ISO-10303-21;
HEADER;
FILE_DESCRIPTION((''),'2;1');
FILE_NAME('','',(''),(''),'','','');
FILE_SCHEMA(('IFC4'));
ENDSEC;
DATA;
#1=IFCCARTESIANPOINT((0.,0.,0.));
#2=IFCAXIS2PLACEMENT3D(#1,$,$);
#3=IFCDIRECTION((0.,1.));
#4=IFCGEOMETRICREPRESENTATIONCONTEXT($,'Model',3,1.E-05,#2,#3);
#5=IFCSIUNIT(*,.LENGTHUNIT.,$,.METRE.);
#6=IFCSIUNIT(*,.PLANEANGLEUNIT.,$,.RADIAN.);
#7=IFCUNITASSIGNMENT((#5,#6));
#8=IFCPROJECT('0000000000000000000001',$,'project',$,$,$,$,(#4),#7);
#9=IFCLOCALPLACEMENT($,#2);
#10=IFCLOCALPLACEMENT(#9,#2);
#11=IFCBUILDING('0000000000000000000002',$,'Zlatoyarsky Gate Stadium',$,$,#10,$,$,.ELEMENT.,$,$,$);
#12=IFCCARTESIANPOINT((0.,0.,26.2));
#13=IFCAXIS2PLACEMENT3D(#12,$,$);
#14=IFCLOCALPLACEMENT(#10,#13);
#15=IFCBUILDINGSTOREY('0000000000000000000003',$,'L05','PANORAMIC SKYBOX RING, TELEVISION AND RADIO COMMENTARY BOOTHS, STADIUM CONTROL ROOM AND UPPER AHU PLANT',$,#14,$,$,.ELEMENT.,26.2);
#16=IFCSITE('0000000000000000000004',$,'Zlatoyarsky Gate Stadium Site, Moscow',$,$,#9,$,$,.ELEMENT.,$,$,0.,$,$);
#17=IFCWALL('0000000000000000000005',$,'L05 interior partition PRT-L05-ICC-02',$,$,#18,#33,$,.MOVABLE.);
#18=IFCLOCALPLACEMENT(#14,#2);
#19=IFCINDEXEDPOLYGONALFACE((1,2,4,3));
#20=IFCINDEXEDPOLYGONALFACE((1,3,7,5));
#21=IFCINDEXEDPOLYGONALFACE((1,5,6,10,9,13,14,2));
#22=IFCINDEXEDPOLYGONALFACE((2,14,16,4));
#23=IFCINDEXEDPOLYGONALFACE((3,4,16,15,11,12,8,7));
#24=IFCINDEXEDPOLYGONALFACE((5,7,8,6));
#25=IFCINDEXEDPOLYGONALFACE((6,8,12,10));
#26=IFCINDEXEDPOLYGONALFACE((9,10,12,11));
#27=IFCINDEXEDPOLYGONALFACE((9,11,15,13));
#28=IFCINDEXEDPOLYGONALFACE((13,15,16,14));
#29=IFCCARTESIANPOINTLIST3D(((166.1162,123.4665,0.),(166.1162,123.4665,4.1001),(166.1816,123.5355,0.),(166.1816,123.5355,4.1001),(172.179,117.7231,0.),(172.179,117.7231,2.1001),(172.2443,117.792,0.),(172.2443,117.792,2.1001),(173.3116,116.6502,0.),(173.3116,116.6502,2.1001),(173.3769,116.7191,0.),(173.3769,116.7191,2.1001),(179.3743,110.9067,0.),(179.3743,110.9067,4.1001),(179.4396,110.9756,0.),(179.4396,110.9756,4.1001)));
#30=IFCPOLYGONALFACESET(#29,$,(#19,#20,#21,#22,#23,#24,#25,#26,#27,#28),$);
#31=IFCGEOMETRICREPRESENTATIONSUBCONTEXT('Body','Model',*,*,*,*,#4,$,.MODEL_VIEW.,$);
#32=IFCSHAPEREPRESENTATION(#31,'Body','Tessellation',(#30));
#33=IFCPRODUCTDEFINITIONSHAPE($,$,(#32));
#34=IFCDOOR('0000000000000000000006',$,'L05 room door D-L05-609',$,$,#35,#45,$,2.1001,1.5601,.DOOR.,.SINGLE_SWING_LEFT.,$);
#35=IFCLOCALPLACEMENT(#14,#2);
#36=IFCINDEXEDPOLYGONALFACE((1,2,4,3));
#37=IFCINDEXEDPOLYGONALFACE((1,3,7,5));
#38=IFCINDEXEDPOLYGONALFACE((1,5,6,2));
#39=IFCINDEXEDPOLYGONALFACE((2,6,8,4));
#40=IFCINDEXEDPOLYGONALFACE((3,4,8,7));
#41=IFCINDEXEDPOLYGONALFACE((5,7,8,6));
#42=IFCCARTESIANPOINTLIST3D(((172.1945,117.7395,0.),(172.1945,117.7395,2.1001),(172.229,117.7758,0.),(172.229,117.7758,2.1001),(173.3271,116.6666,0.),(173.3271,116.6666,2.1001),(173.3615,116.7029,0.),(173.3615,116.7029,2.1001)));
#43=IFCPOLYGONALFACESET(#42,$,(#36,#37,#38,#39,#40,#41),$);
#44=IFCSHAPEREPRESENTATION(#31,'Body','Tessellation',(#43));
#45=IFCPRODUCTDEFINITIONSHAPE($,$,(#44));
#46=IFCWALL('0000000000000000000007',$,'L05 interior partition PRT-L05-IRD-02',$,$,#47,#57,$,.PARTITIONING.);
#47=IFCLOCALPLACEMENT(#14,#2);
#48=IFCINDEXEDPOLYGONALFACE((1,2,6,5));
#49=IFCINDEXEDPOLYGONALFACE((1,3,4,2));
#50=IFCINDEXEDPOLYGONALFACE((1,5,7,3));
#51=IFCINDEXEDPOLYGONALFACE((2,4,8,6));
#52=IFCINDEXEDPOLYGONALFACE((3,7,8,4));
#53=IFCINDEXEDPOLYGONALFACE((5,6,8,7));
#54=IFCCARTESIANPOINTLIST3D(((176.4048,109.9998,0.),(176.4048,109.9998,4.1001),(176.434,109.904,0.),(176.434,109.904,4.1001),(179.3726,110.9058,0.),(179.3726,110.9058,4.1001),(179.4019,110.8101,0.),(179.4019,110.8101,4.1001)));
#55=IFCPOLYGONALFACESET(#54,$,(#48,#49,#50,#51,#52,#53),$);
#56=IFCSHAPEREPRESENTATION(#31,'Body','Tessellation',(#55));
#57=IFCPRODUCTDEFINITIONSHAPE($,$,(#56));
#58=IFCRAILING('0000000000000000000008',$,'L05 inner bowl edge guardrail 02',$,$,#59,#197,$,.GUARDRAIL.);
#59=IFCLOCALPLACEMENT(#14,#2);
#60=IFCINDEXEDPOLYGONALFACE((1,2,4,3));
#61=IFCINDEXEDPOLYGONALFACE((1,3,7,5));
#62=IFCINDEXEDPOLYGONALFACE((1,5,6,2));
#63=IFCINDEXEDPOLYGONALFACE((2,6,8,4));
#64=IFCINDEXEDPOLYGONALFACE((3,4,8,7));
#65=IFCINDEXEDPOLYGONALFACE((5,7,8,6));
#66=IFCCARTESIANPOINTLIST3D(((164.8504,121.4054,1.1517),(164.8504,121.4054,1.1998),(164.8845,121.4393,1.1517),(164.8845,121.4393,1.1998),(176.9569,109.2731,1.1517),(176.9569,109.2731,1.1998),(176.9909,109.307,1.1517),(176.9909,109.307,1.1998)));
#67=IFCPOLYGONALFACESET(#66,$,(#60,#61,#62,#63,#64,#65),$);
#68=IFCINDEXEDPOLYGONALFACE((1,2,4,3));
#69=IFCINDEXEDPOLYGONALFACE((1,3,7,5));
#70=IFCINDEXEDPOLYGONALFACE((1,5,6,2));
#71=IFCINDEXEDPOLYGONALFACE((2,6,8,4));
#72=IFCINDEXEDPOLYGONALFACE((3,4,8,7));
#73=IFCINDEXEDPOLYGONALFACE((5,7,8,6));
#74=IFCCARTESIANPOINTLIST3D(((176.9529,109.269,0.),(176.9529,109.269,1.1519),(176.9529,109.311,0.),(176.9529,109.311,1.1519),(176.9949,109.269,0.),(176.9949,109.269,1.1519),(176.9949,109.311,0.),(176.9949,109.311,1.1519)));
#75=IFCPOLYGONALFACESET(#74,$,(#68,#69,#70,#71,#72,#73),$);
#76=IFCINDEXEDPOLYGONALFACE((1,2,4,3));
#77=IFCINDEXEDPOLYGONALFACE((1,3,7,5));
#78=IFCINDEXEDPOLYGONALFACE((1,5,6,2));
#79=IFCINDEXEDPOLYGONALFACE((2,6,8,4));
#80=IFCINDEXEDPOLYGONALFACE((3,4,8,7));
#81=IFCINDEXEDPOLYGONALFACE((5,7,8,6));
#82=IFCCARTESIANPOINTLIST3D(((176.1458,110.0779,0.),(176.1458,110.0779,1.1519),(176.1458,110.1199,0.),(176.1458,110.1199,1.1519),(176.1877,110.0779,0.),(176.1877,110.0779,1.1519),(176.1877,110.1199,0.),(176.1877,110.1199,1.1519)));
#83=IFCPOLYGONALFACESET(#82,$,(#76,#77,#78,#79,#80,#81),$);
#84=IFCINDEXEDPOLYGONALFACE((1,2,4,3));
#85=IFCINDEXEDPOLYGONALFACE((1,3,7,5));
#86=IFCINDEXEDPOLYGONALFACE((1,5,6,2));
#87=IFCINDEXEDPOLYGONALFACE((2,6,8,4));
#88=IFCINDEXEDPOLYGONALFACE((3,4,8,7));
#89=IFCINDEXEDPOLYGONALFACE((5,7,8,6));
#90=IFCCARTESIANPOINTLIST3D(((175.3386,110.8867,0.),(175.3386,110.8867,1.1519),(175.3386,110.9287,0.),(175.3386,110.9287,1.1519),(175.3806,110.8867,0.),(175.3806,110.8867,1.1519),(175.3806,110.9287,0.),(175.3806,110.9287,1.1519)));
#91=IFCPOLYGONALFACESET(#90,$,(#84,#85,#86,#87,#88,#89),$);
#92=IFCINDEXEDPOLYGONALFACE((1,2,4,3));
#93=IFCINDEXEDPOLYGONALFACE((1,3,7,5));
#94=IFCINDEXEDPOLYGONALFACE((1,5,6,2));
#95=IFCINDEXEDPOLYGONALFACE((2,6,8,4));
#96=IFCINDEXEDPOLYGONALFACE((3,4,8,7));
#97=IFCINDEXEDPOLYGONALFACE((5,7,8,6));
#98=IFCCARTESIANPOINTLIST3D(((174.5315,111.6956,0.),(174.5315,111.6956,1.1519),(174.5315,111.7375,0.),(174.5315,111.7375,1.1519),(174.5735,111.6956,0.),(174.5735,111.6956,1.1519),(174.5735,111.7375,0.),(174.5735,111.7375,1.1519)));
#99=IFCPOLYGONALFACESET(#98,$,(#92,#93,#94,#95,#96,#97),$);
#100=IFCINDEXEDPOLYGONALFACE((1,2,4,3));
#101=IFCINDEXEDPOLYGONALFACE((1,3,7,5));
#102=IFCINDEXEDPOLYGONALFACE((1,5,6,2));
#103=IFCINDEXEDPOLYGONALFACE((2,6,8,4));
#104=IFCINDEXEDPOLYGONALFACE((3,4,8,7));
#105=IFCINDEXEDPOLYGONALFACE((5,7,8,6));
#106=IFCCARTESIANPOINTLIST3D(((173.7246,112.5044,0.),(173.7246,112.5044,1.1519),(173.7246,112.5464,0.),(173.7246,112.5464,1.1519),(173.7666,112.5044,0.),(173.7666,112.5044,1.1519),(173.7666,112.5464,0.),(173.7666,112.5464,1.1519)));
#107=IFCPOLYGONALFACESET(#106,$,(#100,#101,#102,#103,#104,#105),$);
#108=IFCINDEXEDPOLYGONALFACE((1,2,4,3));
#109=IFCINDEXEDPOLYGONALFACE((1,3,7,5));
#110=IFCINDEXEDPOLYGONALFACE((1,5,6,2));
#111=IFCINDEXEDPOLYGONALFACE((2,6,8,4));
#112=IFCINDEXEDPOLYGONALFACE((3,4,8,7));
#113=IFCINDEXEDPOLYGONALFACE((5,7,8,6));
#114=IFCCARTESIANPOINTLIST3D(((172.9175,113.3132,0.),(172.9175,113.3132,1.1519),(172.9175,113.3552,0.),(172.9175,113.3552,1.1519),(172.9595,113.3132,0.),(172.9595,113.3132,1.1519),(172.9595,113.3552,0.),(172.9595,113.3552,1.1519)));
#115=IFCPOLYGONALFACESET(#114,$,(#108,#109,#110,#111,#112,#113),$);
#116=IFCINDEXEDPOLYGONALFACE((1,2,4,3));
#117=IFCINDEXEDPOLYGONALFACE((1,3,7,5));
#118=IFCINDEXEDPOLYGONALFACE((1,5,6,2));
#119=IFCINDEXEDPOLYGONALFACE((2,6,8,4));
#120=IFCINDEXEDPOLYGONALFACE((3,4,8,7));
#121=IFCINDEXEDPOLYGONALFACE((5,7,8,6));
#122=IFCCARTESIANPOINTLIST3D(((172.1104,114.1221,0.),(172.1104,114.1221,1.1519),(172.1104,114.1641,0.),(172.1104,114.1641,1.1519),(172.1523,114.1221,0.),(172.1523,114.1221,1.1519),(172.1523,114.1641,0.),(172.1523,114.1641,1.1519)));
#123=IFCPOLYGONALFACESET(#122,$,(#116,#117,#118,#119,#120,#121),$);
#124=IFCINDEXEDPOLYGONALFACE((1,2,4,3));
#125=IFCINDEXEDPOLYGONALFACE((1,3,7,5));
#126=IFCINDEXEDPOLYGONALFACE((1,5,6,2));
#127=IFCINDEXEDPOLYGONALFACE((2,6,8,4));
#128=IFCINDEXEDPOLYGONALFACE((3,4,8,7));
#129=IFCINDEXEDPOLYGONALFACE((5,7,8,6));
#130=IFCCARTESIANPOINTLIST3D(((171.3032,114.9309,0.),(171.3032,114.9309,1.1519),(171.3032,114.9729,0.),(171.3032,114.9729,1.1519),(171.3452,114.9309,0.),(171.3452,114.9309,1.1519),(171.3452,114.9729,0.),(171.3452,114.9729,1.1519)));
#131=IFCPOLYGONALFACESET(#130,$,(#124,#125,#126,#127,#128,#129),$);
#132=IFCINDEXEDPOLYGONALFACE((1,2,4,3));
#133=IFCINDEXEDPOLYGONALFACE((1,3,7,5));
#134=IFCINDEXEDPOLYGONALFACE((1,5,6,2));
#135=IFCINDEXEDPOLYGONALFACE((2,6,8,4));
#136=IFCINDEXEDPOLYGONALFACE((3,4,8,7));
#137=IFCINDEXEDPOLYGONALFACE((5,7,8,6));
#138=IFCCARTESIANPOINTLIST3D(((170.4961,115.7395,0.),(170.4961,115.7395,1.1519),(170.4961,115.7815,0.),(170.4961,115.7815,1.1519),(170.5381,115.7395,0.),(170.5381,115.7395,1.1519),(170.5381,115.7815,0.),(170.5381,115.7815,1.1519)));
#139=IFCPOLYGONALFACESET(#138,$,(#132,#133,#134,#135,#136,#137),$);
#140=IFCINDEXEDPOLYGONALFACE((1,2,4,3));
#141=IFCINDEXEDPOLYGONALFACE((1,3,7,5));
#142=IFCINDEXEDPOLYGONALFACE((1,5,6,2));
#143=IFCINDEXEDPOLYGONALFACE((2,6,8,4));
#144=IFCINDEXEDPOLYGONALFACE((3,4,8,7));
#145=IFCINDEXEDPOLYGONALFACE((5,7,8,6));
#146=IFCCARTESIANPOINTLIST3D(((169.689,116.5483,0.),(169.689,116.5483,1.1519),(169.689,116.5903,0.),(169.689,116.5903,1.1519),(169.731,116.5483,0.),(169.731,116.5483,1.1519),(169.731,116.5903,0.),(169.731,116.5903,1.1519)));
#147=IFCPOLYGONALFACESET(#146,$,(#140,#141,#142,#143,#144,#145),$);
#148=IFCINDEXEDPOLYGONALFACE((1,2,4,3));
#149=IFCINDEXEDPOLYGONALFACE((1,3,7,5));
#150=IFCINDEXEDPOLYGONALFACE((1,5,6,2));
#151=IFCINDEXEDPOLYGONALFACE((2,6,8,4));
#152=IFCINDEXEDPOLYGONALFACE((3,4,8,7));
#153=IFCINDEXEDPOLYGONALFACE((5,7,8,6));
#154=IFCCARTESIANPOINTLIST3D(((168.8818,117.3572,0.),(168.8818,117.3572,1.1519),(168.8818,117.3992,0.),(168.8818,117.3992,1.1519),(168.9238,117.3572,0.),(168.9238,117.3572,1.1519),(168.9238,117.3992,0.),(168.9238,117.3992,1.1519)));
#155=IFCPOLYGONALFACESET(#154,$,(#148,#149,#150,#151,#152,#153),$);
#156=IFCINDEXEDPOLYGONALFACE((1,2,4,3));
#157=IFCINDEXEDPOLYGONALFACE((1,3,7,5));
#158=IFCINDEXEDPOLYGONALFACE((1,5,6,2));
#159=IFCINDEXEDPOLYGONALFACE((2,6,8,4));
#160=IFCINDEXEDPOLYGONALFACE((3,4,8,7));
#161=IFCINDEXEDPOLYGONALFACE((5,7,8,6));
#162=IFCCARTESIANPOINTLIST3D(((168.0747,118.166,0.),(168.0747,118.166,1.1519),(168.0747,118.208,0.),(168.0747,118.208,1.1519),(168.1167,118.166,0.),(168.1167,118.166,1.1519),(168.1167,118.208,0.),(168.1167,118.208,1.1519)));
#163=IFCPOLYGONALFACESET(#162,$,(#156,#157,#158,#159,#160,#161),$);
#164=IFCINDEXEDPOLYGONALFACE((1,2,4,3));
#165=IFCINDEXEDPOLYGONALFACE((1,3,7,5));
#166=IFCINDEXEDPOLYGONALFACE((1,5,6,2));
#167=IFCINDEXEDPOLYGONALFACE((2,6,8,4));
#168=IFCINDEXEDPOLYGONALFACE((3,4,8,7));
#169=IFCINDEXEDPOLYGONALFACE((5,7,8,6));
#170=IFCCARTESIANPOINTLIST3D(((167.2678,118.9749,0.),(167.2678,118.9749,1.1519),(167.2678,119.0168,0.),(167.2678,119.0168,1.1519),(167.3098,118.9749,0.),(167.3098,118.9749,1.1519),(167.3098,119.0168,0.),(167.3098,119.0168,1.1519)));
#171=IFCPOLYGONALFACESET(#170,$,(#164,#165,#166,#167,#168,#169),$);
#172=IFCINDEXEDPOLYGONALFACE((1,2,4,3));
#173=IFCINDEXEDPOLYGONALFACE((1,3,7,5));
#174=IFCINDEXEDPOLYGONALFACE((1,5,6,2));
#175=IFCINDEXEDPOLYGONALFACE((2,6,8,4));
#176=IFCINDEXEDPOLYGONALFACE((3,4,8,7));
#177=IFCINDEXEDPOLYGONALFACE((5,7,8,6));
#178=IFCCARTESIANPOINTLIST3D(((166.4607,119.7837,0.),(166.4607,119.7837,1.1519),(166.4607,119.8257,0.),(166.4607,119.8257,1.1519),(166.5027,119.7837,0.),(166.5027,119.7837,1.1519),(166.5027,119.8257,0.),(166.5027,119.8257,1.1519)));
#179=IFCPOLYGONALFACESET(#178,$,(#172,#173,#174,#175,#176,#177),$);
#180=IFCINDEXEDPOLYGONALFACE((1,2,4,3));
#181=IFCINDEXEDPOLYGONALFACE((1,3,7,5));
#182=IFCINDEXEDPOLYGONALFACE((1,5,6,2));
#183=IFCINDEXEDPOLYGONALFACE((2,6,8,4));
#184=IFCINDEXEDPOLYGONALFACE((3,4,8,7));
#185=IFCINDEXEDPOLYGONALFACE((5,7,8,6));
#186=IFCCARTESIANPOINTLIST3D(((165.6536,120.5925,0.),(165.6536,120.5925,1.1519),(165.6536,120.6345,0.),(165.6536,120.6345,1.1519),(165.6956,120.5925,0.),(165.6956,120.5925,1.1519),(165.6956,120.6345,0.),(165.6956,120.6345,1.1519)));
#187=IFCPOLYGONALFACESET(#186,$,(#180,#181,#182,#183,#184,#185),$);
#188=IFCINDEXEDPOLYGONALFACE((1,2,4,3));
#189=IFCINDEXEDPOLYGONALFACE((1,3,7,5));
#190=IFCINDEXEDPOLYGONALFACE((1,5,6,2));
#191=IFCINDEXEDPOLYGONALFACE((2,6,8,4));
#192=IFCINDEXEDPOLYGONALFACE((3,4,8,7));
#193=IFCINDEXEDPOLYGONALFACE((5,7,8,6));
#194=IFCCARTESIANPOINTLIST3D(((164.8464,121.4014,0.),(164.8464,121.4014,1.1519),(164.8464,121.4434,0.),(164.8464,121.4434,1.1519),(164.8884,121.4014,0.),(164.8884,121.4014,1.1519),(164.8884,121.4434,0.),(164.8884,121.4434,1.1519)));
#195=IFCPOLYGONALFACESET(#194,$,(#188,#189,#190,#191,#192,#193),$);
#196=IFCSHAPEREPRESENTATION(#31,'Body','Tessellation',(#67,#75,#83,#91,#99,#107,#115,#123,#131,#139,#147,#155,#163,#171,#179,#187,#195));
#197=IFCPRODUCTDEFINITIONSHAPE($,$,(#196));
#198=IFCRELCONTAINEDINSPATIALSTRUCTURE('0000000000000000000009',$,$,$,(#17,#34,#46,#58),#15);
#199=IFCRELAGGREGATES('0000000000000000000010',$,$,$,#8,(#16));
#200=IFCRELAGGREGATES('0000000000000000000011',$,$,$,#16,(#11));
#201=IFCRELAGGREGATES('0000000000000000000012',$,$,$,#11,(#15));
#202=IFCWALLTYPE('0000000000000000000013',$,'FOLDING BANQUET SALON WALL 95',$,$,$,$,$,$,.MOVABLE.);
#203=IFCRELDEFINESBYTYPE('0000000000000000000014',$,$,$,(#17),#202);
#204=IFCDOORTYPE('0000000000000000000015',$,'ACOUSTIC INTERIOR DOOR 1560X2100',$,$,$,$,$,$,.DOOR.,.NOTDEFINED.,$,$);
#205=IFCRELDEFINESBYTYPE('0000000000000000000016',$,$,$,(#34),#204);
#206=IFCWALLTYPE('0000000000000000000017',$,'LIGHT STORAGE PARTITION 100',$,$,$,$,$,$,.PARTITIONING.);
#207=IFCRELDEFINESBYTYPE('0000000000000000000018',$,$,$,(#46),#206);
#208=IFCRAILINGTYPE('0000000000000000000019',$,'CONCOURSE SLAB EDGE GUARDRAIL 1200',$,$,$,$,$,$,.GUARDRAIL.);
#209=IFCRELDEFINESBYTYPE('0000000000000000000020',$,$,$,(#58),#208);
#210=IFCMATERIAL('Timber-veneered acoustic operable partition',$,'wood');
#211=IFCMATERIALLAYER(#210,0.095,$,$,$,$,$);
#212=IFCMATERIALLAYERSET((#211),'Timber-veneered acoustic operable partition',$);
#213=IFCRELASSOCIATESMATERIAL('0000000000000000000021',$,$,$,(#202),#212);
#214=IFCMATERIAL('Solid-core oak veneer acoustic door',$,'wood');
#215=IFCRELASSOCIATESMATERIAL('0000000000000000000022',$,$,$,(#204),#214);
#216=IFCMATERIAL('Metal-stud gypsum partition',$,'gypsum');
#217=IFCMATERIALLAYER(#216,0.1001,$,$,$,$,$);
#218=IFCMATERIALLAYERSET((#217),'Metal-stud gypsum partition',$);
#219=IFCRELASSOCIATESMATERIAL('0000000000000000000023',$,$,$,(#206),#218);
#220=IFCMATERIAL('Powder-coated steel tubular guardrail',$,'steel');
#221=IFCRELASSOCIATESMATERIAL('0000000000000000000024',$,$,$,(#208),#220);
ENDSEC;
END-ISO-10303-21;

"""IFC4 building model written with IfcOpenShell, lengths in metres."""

from ifc_helpers import new_model, si_unit, direction, frame, frame_2d, origin, origin_2d, place, context, subcontext, project, spatial, rectangle, extrude, material, layer, layer_set, type_object, element, fill, save


model = new_model("IFC4")

# Units and contexts
model_context = context("Model", 3, precision=1e-05, world=origin(), true_north=direction((0.0, 1.0)))
body_context = subcontext(model_context, "Body", "Model", "MODEL_VIEW")
ifc_project = project(units=[si_unit("LENGTHUNIT", "METRE"), si_unit("PLANEANGLEUNIT", "RADIAN")], contexts=[model_context])

# Site, building, storey
site_placement = place(None, origin())
site = spatial("IfcSite", under=ifc_project, at=site_placement, Name="Zlatoyarsky Gate Stadium Site, Moscow", CompositionType="ELEMENT", RefElevation=0.0)
building_placement = place(site_placement, origin())
building = spatial("IfcBuilding", under=site, at=building_placement, Name="Zlatoyarsky Gate Stadium", CompositionType="ELEMENT")
storey_placement = place(building_placement, frame((0.0, 0.0, 26.2)))
storey = spatial("IfcBuildingStorey", under=building, at=storey_placement, Name="L05", Description="PANORAMIC SKYBOX RING, TELEVISION AND RADIO COMMENTARY BOOTHS, STADIUM CONTROL ROOM AND UPPER AHU PLANT", CompositionType="ELEMENT", Elevation=26.2)

# Wall, opening, door
ifc_material_1 = material(Name="Timber-veneered acoustic operable partition", Category="wood")
ifc_layer_1 = layer(ifc_material_1, 0.095)
ifc_layer_set_1 = layer_set([ifc_layer_1], Name="Timber-veneered acoustic operable partition")
wall_type_1 = type_object("IfcWallType", Name="FOLDING BANQUET SALON WALL 95", PredefinedType="MOVABLE", material=ifc_layer_set_1)
wall_1_placement = place(storey_placement, frame((179.407, 110.9412, 0.0), z_axis=(0.0, 0.0, 1.0), x_axis=(-0.725965, 0.687732, 0.0)))
wall_1 = element("IfcWall", 1, at=wall_1_placement, inside=storey, type_object=wall_type_1, Name="L05 interior partition PRT-L05-ICC-02", PredefinedType="MOVABLE", context=body_context, shape_type="SweptSolid", body=[
    extrude(rectangle(XDim=18.2627, YDim=0.095, at=frame_2d((9.1313, 0.0))), origin(), (0.0, 0.0, 1.0), 4.1001),
])
opening_1_placement = place(wall_1_placement, frame((8.3513, 0.0, 0.0)))
opening_1 = element("IfcOpeningElement", 2, at=opening_1_placement, cuts=wall_1, PredefinedType="OPENING", context=body_context, shape_type="SweptSolid", body=[
    extrude(rectangle(XDim=1.5601, YDim=2.1001, at=frame_2d((0.78, 1.05))), frame((0.0, 0.0574, 0.0), z_axis=(0.0, -1.0, 0.0), x_axis=(1.0, 0.0, 0.0)), (0.0, 0.0, 1.0), 0.115),
])
ifc_material_2 = material(Name="Solid-core oak veneer acoustic door", Category="wood")
door_type_1 = type_object("IfcDoorType", Name="ACOUSTIC INTERIOR DOOR 1560X2100", OperationType="NOTDEFINED", PredefinedType="DOOR", material=ifc_material_2)
door_1_placement = place(opening_1_placement, origin())
door_1 = element("IfcDoor", 3, at=door_1_placement, inside=storey, type_object=door_type_1, Name="L05 room door D-L05-609", OperationType="SINGLE_SWING_LEFT", OverallHeight=2.1001, OverallWidth=1.5601, PredefinedType="DOOR", context=body_context, shape_type="SweptSolid", body=[
    extrude(rectangle(XDim=1.5601, YDim=2.1001, at=frame_2d((0.78, 1.05))), frame((0.0, 0.0249, 0.0), z_axis=(0.0, -1.0, 0.0), x_axis=(1.0, 0.0, 0.0)), (0.0, 0.0, 1.0), 0.05),
])
fill(opening_1, door_1)

# Wall
ifc_material_3 = material(Name="Metal-stud gypsum partition", Category="gypsum")
ifc_layer_2 = layer(ifc_material_3, 0.1001)
ifc_layer_set_2 = layer_set([ifc_layer_2], Name="Metal-stud gypsum partition")
wall_type_2 = type_object("IfcWallType", Name="LIGHT STORAGE PARTITION 100", PredefinedType="PARTITIONING", material=ifc_layer_set_2)
wall_2_placement = place(storey_placement, frame((176.4194, 109.9519, 0.0), z_axis=(0.0, 0.0, 1.0), x_axis=(0.956425, 0.291979, 0.0)))
element("IfcWall", 4, at=wall_2_placement, inside=storey, type_object=wall_type_2, Name="L05 interior partition PRT-L05-IRD-02", PredefinedType="PARTITIONING", context=body_context, shape_type="SweptSolid", body=[
    extrude(rectangle(XDim=3.103, YDim=0.1001, at=frame_2d((1.5515, 0.0))), origin(), (0.0, 0.0, 1.0), 4.1001),
])

# Railing
ifc_material_4 = material(Name="Powder-coated steel tubular guardrail", Category="steel")
railing_type = type_object("IfcRailingType", Name="CONCOURSE SLAB EDGE GUARDRAIL 1200", PredefinedType="GUARDRAIL", material=ifc_material_4)
railing_placement = place(storey_placement, frame((176.9739, 109.29, 0.0)))
element("IfcRailing", 5, at=railing_placement, inside=storey, type_object=railing_type, Name="L05 inner bowl edge guardrail 02", PredefinedType="GUARDRAIL", context=body_context, shape_type="SweptSolid", body=[
    extrude(rectangle(XDim=0.0481, YDim=0.0481, at=origin_2d()), frame((0.0, 0.0, 1.1758), z_axis=(-0.706351, 0.707861, 0.0), x_axis=(-0.707861, -0.706351, 0.0)), (0.0, 0.0, 1.0), 17.1394),
    extrude(rectangle(XDim=0.042, YDim=0.042, at=origin_2d()), origin(), (0.0, 0.0, 1.0), 1.1519),
    extrude(rectangle(XDim=0.042, YDim=0.042, at=origin_2d()), frame((-0.8071, 0.8088, 0.0)), (0.0, 0.0, 1.0), 1.1519),
    extrude(rectangle(XDim=0.042, YDim=0.042, at=origin_2d()), frame((-1.6143, 1.6177, 0.0)), (0.0, 0.0, 1.0), 1.1519),
    extrude(rectangle(XDim=0.042, YDim=0.042, at=origin_2d()), frame((-2.4214, 2.4265, 0.0)), (0.0, 0.0, 1.0), 1.1519),
    extrude(rectangle(XDim=0.042, YDim=0.042, at=origin_2d()), frame((-3.2283, 3.2354, 0.0)), (0.0, 0.0, 1.0), 1.1519),
    extrude(rectangle(XDim=0.042, YDim=0.042, at=origin_2d()), frame((-4.0354, 4.0442, 0.0)), (0.0, 0.0, 1.0), 1.1519),
    extrude(rectangle(XDim=0.042, YDim=0.042, at=origin_2d()), frame((-4.8425, 4.853, 0.0)), (0.0, 0.0, 1.0), 1.1519),
    extrude(rectangle(XDim=0.042, YDim=0.042, at=origin_2d()), frame((-5.6497, 5.6619, 0.0)), (0.0, 0.0, 1.0), 1.1519),
    extrude(rectangle(XDim=0.042, YDim=0.042, at=origin_2d()), frame((-6.4568, 6.4705, 0.0)), (0.0, 0.0, 1.0), 1.1519),
    extrude(rectangle(XDim=0.042, YDim=0.042, at=origin_2d()), frame((-7.2639, 7.2793, 0.0)), (0.0, 0.0, 1.0), 1.1519),
    extrude(rectangle(XDim=0.042, YDim=0.042, at=origin_2d()), frame((-8.071, 8.0881, 0.0)), (0.0, 0.0, 1.0), 1.1519),
    extrude(rectangle(XDim=0.042, YDim=0.042, at=origin_2d()), frame((-8.8782, 8.897, 0.0)), (0.0, 0.0, 1.0), 1.1519),
    extrude(rectangle(XDim=0.042, YDim=0.042, at=origin_2d()), frame((-9.6851, 9.7058, 0.0)), (0.0, 0.0, 1.0), 1.1519),
    extrude(rectangle(XDim=0.042, YDim=0.042, at=origin_2d()), frame((-10.4922, 10.5146, 0.0)), (0.0, 0.0, 1.0), 1.1519),
    extrude(rectangle(XDim=0.042, YDim=0.042, at=origin_2d()), frame((-11.2993, 11.3235, 0.0)), (0.0, 0.0, 1.0), 1.1519),
    extrude(rectangle(XDim=0.042, YDim=0.042, at=origin_2d()), frame((-12.1064, 12.1323, 0.0)), (0.0, 0.0, 1.0), 1.1519),
])

save(model, "model.ifc")
